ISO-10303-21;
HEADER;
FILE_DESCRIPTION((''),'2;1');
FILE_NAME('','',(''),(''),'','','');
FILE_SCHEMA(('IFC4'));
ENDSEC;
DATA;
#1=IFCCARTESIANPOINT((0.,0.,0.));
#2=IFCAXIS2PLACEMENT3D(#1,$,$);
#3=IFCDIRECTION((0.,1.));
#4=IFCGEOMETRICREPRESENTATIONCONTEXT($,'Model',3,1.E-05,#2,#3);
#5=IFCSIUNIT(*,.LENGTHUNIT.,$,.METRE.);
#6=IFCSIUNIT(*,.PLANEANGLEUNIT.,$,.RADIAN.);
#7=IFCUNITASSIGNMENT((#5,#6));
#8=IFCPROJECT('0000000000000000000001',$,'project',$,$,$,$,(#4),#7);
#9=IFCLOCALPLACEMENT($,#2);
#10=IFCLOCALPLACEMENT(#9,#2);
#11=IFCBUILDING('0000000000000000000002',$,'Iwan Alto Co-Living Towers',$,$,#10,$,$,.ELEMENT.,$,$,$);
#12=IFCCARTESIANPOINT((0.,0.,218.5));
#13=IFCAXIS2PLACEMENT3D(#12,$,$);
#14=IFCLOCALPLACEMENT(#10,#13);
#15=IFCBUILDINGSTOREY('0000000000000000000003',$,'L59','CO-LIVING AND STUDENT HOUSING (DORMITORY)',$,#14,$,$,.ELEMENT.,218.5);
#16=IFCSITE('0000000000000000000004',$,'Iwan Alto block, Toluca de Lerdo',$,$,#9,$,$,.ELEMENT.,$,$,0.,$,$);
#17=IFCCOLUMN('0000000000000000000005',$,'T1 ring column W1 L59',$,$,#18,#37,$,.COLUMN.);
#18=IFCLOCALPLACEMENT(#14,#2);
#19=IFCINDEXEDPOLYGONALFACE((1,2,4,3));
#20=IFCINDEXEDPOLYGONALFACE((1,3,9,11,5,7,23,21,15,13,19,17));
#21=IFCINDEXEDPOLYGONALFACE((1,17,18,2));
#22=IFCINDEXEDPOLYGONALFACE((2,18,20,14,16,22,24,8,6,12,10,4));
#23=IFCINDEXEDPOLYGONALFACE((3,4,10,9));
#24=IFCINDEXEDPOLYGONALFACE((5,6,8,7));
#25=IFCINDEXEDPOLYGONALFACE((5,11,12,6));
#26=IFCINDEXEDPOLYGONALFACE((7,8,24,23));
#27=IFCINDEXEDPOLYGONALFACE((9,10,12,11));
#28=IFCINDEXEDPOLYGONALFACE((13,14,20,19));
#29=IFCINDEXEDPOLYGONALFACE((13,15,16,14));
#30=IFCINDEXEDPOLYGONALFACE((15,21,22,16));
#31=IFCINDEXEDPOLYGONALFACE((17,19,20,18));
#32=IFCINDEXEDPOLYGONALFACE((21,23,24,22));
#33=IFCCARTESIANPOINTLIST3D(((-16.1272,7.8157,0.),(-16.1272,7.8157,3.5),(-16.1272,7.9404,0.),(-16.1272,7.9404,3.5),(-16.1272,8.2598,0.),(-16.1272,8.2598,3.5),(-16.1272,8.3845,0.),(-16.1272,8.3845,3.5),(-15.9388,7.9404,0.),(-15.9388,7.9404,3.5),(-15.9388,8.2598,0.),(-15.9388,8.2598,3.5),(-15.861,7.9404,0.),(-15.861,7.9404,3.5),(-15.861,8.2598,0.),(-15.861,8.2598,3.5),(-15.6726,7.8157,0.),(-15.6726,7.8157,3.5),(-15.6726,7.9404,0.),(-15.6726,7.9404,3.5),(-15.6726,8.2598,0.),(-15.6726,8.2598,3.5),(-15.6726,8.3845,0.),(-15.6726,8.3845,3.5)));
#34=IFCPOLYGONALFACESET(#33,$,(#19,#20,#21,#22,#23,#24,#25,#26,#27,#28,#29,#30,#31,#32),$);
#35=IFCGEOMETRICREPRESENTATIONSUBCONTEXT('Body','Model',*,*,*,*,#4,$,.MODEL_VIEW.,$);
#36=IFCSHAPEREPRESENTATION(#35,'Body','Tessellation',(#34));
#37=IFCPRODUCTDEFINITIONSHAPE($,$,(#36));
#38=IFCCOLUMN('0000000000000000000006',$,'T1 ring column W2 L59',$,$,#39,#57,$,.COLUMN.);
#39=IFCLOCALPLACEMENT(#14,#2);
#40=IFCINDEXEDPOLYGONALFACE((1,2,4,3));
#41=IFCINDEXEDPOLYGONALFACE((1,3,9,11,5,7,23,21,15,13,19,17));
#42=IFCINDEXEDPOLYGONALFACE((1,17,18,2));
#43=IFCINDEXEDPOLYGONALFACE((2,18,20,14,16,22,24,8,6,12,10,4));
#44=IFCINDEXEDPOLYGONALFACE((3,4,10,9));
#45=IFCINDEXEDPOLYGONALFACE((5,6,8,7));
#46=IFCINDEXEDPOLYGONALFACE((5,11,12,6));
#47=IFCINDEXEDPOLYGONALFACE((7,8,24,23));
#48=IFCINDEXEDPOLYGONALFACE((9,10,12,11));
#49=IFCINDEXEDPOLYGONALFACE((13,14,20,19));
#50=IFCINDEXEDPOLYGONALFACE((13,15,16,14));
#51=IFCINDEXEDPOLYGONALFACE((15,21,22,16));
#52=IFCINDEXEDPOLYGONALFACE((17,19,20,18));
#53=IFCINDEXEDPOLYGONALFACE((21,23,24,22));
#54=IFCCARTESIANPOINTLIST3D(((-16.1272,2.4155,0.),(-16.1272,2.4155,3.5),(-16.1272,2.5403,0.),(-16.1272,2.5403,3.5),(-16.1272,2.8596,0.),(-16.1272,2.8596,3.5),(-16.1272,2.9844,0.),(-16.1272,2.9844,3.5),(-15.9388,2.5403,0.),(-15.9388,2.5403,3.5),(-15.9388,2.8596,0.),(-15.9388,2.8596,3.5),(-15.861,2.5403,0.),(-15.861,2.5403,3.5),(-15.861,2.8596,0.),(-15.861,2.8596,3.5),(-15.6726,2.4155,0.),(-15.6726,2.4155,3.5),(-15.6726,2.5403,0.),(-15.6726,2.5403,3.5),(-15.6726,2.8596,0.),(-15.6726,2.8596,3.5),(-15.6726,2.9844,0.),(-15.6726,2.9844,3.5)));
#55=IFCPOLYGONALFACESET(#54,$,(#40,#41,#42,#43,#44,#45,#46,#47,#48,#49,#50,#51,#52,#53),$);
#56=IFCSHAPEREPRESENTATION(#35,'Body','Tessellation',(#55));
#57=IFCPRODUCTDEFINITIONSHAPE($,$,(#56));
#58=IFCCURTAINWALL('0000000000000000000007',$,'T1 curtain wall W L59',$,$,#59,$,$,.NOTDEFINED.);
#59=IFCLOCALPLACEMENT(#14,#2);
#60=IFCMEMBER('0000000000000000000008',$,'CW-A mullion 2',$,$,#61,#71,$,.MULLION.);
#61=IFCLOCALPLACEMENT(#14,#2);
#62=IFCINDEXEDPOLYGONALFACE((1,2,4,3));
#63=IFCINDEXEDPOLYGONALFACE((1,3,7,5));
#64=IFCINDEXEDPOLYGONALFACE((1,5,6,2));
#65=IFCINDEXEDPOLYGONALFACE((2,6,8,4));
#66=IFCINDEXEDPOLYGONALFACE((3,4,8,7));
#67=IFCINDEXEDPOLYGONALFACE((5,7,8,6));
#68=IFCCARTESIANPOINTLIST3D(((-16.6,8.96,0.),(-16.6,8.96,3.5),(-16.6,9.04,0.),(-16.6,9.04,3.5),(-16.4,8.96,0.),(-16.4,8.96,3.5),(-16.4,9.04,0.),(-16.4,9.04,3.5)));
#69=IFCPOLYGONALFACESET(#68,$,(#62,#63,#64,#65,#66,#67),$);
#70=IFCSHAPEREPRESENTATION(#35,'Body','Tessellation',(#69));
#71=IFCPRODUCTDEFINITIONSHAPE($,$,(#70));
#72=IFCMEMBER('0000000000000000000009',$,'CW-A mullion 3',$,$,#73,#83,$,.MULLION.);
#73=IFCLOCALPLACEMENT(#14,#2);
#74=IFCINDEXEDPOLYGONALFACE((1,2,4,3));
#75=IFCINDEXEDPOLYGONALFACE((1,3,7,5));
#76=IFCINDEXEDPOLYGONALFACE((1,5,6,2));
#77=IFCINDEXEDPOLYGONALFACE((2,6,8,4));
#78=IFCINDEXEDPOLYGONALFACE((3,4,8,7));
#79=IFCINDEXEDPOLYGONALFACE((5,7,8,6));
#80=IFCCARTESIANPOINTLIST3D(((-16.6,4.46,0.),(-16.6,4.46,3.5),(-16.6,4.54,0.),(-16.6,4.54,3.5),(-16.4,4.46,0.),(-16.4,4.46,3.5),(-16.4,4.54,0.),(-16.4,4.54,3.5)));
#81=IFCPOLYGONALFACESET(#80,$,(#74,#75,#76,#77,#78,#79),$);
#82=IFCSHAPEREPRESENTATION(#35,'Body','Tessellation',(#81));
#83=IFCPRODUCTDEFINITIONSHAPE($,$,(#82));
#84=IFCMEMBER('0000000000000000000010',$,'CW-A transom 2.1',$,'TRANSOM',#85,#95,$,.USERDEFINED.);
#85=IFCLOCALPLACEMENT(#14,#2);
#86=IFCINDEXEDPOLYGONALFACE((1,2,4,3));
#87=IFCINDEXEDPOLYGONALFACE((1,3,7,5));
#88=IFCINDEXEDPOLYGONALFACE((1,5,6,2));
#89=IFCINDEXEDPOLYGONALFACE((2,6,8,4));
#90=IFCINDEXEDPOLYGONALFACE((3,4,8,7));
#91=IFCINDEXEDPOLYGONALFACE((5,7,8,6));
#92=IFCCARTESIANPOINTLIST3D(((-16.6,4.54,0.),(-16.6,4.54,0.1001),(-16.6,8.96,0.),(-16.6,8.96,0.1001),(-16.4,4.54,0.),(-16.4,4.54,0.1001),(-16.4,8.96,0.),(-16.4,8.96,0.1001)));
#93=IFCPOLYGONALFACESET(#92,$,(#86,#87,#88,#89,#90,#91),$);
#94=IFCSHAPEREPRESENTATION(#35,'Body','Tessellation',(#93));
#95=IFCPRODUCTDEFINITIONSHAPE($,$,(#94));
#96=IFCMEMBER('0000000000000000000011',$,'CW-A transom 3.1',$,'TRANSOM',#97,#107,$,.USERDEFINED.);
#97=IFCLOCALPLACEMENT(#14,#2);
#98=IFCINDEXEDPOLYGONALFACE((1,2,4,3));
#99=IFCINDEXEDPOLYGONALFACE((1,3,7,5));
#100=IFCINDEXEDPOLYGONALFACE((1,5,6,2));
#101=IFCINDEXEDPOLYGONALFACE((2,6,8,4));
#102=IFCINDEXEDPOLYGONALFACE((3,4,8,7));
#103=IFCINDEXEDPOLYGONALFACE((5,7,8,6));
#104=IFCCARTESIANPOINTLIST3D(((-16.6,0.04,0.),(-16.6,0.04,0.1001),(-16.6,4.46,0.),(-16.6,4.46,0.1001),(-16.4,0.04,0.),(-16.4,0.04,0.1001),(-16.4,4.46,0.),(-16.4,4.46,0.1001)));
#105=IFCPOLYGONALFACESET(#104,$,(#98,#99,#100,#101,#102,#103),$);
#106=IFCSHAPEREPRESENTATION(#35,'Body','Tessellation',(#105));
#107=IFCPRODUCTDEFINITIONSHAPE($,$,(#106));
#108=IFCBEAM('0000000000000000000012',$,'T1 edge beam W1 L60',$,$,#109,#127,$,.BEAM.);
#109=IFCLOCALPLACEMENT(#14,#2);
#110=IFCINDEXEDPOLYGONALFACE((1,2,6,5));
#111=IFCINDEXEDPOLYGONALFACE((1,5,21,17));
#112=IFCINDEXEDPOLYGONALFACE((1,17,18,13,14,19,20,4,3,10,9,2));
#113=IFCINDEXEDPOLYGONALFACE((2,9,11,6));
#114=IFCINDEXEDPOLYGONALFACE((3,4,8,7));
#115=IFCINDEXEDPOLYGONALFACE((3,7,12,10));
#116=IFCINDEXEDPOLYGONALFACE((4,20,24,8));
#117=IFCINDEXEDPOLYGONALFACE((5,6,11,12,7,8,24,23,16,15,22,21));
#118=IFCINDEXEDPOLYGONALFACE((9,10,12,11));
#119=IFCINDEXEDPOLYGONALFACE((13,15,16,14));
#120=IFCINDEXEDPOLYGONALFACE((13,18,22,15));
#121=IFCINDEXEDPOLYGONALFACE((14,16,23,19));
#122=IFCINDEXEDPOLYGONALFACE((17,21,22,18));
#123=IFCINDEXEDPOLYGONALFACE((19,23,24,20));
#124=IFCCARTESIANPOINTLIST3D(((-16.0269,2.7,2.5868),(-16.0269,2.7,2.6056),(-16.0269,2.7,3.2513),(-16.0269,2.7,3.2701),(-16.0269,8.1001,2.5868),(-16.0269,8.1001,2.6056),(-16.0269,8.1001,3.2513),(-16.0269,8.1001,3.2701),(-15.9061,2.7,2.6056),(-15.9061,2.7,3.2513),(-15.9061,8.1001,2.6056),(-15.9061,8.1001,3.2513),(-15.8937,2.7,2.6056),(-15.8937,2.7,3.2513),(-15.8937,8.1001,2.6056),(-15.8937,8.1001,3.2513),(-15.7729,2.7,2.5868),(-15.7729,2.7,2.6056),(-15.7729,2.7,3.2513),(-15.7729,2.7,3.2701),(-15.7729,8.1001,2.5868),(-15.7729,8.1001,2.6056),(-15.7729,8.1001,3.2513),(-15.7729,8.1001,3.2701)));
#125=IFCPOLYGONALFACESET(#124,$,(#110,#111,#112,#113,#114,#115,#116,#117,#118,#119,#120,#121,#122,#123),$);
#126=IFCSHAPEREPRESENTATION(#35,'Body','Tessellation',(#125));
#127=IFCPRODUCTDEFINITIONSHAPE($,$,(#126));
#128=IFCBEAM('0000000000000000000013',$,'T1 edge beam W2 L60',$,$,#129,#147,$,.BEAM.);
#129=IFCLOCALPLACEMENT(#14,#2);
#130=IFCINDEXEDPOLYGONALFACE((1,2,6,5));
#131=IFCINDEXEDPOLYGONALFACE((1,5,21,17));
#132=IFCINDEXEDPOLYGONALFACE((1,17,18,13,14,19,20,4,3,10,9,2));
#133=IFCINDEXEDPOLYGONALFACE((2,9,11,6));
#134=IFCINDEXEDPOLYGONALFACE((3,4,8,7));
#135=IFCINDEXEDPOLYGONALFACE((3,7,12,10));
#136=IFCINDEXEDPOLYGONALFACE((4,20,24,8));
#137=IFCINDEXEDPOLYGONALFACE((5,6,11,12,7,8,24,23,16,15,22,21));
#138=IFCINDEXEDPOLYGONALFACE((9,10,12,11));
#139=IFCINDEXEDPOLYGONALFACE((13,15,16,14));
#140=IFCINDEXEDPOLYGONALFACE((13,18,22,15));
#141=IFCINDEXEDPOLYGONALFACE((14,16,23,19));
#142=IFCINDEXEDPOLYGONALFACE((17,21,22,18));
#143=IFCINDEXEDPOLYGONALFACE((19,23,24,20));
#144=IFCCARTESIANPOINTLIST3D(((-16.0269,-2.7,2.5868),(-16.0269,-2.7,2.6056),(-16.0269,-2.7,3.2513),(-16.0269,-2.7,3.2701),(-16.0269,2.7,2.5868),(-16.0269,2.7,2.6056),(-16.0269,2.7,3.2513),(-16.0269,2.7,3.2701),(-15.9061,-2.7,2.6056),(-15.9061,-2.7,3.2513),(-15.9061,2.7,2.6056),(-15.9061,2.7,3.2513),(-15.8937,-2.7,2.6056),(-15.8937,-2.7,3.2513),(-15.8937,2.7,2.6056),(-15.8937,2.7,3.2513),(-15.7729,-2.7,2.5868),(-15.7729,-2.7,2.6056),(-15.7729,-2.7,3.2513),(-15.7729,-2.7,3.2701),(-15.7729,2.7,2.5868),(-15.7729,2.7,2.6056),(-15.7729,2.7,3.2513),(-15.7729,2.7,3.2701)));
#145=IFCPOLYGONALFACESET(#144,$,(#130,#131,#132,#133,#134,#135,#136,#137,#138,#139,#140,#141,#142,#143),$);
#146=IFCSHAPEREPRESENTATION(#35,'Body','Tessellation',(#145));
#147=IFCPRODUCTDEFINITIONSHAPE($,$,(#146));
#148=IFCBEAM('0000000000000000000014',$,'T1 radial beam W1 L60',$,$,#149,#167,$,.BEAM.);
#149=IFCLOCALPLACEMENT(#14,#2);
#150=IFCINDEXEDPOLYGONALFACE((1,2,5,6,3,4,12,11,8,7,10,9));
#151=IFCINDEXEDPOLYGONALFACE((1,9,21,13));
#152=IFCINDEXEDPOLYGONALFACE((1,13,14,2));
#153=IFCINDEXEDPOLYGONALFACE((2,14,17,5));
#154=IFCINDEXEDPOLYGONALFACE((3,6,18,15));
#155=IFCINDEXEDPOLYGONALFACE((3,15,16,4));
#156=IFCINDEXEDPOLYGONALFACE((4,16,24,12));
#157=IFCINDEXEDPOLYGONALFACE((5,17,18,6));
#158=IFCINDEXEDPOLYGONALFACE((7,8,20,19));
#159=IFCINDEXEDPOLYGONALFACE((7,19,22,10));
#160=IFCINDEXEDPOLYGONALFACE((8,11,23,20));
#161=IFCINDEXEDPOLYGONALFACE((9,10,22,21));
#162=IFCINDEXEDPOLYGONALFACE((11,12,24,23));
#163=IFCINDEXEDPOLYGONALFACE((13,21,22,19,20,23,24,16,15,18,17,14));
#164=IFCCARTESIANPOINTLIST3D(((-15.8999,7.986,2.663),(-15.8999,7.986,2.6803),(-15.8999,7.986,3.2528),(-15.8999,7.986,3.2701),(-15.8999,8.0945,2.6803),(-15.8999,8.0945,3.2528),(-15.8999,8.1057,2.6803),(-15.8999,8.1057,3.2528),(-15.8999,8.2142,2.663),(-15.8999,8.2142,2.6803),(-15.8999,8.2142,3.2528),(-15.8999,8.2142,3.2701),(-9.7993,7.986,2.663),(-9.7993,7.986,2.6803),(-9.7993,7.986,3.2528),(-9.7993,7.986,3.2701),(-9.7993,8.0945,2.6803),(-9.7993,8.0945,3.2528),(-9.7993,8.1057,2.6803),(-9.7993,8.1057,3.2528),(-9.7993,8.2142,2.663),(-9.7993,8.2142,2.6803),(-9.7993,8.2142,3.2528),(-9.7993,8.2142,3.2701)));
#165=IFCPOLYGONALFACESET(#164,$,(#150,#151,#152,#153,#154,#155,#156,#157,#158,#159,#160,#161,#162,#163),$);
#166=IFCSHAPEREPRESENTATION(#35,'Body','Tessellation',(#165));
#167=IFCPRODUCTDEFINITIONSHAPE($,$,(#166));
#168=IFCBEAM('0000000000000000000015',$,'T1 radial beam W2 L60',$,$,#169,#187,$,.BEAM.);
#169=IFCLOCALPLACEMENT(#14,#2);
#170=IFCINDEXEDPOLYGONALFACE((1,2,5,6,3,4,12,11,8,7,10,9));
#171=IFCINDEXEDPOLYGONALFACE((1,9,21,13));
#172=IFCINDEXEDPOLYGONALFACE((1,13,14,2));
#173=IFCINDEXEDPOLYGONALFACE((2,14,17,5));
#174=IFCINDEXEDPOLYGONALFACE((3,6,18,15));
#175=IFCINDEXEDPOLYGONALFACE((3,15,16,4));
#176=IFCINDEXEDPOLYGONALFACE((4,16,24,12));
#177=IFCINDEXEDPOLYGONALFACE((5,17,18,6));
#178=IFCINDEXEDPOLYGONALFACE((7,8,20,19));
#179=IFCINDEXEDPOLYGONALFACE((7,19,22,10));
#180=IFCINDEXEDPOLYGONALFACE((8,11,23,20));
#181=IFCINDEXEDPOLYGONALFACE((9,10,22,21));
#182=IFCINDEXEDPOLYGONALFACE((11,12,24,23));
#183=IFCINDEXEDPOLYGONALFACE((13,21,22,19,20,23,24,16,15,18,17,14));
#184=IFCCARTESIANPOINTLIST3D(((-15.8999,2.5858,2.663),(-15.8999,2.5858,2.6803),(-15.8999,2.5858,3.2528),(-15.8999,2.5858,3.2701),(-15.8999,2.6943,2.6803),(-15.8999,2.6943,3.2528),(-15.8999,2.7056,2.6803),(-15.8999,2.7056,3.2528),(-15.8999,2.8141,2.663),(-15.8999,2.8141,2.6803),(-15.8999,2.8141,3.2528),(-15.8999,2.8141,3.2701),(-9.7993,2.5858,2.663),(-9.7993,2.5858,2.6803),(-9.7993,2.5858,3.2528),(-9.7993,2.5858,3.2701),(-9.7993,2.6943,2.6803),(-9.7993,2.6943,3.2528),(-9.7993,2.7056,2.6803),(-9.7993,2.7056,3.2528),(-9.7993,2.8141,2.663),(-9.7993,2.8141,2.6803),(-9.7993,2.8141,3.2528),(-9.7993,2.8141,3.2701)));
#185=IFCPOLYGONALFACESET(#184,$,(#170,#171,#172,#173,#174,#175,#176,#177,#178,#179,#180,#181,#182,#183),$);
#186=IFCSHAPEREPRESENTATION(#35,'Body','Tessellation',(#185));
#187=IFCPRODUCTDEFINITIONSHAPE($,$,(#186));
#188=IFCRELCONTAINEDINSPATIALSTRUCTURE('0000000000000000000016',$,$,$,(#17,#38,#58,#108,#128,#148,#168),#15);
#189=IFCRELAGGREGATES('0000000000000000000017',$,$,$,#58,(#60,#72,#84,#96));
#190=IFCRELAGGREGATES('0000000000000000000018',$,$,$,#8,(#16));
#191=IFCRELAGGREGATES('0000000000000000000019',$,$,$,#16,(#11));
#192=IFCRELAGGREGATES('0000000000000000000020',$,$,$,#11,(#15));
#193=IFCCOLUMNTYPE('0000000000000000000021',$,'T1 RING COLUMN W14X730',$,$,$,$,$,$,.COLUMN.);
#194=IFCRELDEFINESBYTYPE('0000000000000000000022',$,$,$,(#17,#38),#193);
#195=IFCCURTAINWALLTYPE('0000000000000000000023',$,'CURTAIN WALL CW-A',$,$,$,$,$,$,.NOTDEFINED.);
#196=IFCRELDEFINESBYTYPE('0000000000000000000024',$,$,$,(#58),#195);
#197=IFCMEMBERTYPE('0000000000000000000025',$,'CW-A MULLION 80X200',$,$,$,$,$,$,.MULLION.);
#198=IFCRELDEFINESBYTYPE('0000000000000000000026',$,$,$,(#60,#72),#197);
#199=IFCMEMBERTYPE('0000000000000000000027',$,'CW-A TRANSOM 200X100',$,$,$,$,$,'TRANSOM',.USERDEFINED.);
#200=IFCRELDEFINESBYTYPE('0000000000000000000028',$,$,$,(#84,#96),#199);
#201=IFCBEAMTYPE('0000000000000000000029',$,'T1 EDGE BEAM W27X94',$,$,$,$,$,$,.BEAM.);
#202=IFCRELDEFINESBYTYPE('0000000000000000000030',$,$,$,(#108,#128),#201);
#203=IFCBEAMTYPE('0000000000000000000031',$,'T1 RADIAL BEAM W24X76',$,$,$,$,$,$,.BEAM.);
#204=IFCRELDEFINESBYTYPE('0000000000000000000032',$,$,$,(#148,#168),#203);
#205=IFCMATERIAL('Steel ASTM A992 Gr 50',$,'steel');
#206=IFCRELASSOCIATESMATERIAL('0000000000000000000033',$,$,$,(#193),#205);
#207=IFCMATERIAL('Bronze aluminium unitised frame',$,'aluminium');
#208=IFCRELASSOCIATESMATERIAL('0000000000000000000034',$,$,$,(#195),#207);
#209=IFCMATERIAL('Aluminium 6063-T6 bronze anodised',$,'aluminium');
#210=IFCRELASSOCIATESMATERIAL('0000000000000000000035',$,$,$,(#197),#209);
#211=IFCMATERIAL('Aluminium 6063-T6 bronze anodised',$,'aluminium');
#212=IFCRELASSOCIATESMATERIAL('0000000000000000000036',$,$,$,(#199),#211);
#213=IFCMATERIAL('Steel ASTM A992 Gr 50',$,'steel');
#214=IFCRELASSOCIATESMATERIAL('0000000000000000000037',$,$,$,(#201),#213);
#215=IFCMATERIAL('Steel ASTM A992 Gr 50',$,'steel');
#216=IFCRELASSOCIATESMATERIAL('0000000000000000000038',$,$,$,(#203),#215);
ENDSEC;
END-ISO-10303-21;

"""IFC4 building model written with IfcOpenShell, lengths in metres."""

from ifc_helpers import new_model, si_unit, direction, frame, origin, origin_2d, place, context, subcontext, project, spatial, rectangle, i_section, extrude, material, material_profile, profile_set, type_object, element, aggregate, save


model = new_model("IFC4")

# Units and contexts
model_context = context("Model", 3, precision=1e-05, world=origin(), true_north=direction((0.0, 1.0)))
body_context = subcontext(model_context, "Body", "Model", "MODEL_VIEW")
ifc_project = project(units=[si_unit("LENGTHUNIT", "METRE"), si_unit("PLANEANGLEUNIT", "RADIAN")], contexts=[model_context])

# Site, building, storey
site_placement = place(None, origin())
site = spatial("IfcSite", under=ifc_project, at=site_placement, Name="Iwan Alto block, Toluca de Lerdo", CompositionType="ELEMENT", RefElevation=0.0)
building_placement = place(site_placement, origin())
building = spatial("IfcBuilding", under=site, at=building_placement, Name="Iwan Alto Co-Living Towers", CompositionType="ELEMENT")
storey_placement = place(building_placement, frame((0.0, 0.0, 218.5)))
storey = spatial("IfcBuildingStorey", under=building, at=storey_placement, Name="L59", Description="CO-LIVING AND STUDENT HOUSING (DORMITORY)", CompositionType="ELEMENT", Elevation=218.5)

# Columns
ifc_material_1 = material(Name="Steel ASTM A992 Gr 50", Category="steel")
ifc_material_profile_1 = material_profile(ifc_material_1, i_section(OverallWidth=0.4546, OverallDepth=0.5688, WebThickness=0.0779, FlangeThickness=0.1248, at=origin_2d()), Name="W14X730")
ifc_profile_set_1 = profile_set([ifc_material_profile_1], Name="Steel ASTM A992 Gr 50")
column_type = type_object("IfcColumnType", Name="T1 RING COLUMN W14X730", PredefinedType="COLUMN", material=ifc_profile_set_1)
for number, where, z_axis, x_axis, name in (
    (1, (-15.8999, 8.1001, 0.0), (0.0, 0.0, 1.0), (1.0, 0.0, 0.0), "T1 ring column W1 L59"),
    (2, (-15.8999, 2.7, 0.0), (0.0, 0.0, 1.0), (1.0, 0.0, 0.0), "T1 ring column W2 L59"),
):
    element("IfcColumn", number, at=place(storey_placement, frame(where, z_axis=z_axis, x_axis=x_axis)), inside=storey, type_object=column_type, Name=name, PredefinedType="COLUMN", context=body_context, shape_type="SweptSolid", body=[
        extrude(i_section(OverallWidth=0.4546, OverallDepth=0.5688, WebThickness=0.0779, FlangeThickness=0.1248, at=origin_2d()), origin(), (0.0, 0.0, 1.0), 3.5),
    ])

# Curtain wall, members
ifc_material_2 = material(Name="Bronze aluminium unitised frame", Category="aluminium")
curtain_wall_type = type_object("IfcCurtainWallType", Name="CURTAIN WALL CW-A", PredefinedType="NOTDEFINED", material=ifc_material_2)
curtain_wall_placement = place(storey_placement, origin())
curtain_wall = element("IfcCurtainWall", 3, at=curtain_wall_placement, inside=storey, type_object=curtain_wall_type, Name="T1 curtain wall W L59", PredefinedType="NOTDEFINED")
ifc_material_3 = material(Name="Aluminium 6063-T6 bronze anodised", Category="aluminium")
ifc_material_profile_2 = material_profile(ifc_material_3, rectangle(XDim=0.2, YDim=0.0801, at=origin_2d()), Name="AL 80X200")
ifc_profile_set_2 = profile_set([ifc_material_profile_2], Name="Aluminium 6063-T6 bronze anodised")
member_type_1 = type_object("IfcMemberType", Name="CW-A MULLION 80X200", PredefinedType="MULLION", material=ifc_profile_set_2)
member_1_placement = place(storey_placement, frame((-16.5, 9.0, 0.0), z_axis=(0.0, 0.0, 1.0), x_axis=(1.0, 0.0, 0.0)))
member_1 = element("IfcMember", 4, at=member_1_placement, type_object=member_type_1, Name="CW-A mullion 2", PredefinedType="MULLION", context=body_context, shape_type="SweptSolid", body=[
    extrude(rectangle(XDim=0.2, YDim=0.0801, at=origin_2d()), origin(), (0.0, 0.0, 1.0), 3.5),
])
member_2_placement = place(storey_placement, frame((-16.5, 4.5, 0.0), z_axis=(0.0, 0.0, 1.0), x_axis=(1.0, 0.0, 0.0)))
member_2 = element("IfcMember", 5, at=member_2_placement, type_object=member_type_1, Name="CW-A mullion 3", PredefinedType="MULLION", context=body_context, shape_type="SweptSolid", body=[
    extrude(rectangle(XDim=0.2, YDim=0.0801, at=origin_2d()), origin(), (0.0, 0.0, 1.0), 3.5),
])
ifc_material_4 = material(Name="Aluminium 6063-T6 bronze anodised", Category="aluminium")
ifc_material_profile_3 = material_profile(ifc_material_4, rectangle(XDim=0.2, YDim=0.1001, at=origin_2d()), Name="AL 200X100")
ifc_profile_set_3 = profile_set([ifc_material_profile_3], Name="Aluminium 6063-T6 bronze anodised")
member_type_2 = type_object("IfcMemberType", Name="CW-A TRANSOM 200X100", ElementType="TRANSOM", PredefinedType="USERDEFINED", material=ifc_profile_set_3)
member_3_placement = place(storey_placement, frame((-16.5, 8.96, 0.05), z_axis=(0.0, -1.0, 0.0), x_axis=(1.0, 0.0, 0.0)))
member_3 = element("IfcMember", 6, at=member_3_placement, type_object=member_type_2, Name="CW-A transom 2.1", ObjectType="TRANSOM", PredefinedType="USERDEFINED", context=body_context, shape_type="SweptSolid", body=[
    extrude(rectangle(XDim=0.2, YDim=0.1001, at=origin_2d()), origin(), (0.0, 0.0, 1.0), 4.4199),
])
member_4_placement = place(storey_placement, frame((-16.5, 4.46, 0.05), z_axis=(0.0, -1.0, 0.0), x_axis=(1.0, 0.0, 0.0)))
member_4 = element("IfcMember", 7, at=member_4_placement, type_object=member_type_2, Name="CW-A transom 3.1", ObjectType="TRANSOM", PredefinedType="USERDEFINED", context=body_context, shape_type="SweptSolid", body=[
    extrude(rectangle(XDim=0.2, YDim=0.1001, at=origin_2d()), origin(), (0.0, 0.0, 1.0), 4.4199),
])

# Beams
ifc_material_5 = material(Name="Steel ASTM A992 Gr 50", Category="steel")
ifc_material_profile_4 = material_profile(ifc_material_5, i_section(OverallWidth=0.2539, OverallDepth=0.6833, WebThickness=0.0125, FlangeThickness=0.0188, at=origin_2d()), Name="W27X94")
ifc_profile_set_4 = profile_set([ifc_material_profile_4], Name="Steel ASTM A992 Gr 50")
beam_type_1 = type_object("IfcBeamType", Name="T1 EDGE BEAM W27X94", PredefinedType="BEAM", material=ifc_profile_set_4)
beam_1_placement = place(storey_placement, frame((-15.8999, 8.1001, 2.9285), z_axis=(0.0, -1.0, 0.0), x_axis=(1.0, 0.0, 0.0)))
element("IfcBeam", 8, at=beam_1_placement, inside=storey, type_object=beam_type_1, Name="T1 edge beam W1 L60", PredefinedType="BEAM", context=body_context, shape_type="SweptSolid", body=[
    extrude(i_section(OverallWidth=0.2539, OverallDepth=0.6833, WebThickness=0.0125, FlangeThickness=0.0188, at=origin_2d()), origin(), (0.0, 0.0, 1.0), 5.4001),
])
beam_2_placement = place(storey_placement, frame((-15.8999, 2.7, 2.9285), z_axis=(0.0, -1.0, 0.0), x_axis=(1.0, 0.0, 0.0)))
element("IfcBeam", 9, at=beam_2_placement, inside=storey, type_object=beam_type_1, Name="T1 edge beam W2 L60", PredefinedType="BEAM", context=body_context, shape_type="SweptSolid", body=[
    extrude(i_section(OverallWidth=0.2539, OverallDepth=0.6833, WebThickness=0.0125, FlangeThickness=0.0188, at=origin_2d()), origin(), (0.0, 0.0, 1.0), 5.3999),
])
ifc_material_6 = material(Name="Steel ASTM A992 Gr 50", Category="steel")
ifc_material_profile_5 = material_profile(ifc_material_6, i_section(OverallWidth=0.2283, OverallDepth=0.6072, WebThickness=0.0112, FlangeThickness=0.0173, at=origin_2d()), Name="W24X76")
ifc_profile_set_5 = profile_set([ifc_material_profile_5], Name="Steel ASTM A992 Gr 50")
beam_type_2 = type_object("IfcBeamType", Name="T1 RADIAL BEAM W24X76", PredefinedType="BEAM", material=ifc_profile_set_5)
for number, where, z_axis, x_axis, name in (
    (10, (-15.8999, 8.1001, 2.9666), (1.0, 0.0, 0.0), (0.0, 1.0, 0.0), "T1 radial beam W1 L60"),
    (11, (-15.8999, 2.7, 2.9666), (1.0, 0.0, 0.0), (0.0, 1.0, 0.0), "T1 radial beam W2 L60"),
):
    element("IfcBeam", number, at=place(storey_placement, frame(where, z_axis=z_axis, x_axis=x_axis)), inside=storey, type_object=beam_type_2, Name=name, PredefinedType="BEAM", context=body_context, shape_type="SweptSolid", body=[
        extrude(i_section(OverallWidth=0.2283, OverallDepth=0.6072, WebThickness=0.0112, FlangeThickness=0.0173, at=origin_2d()), origin(), (0.0, 0.0, 1.0), 6.1006),
    ])

aggregate(curtain_wall, [member_1, member_2, member_3, member_4])

save(model, "model.ifc")
